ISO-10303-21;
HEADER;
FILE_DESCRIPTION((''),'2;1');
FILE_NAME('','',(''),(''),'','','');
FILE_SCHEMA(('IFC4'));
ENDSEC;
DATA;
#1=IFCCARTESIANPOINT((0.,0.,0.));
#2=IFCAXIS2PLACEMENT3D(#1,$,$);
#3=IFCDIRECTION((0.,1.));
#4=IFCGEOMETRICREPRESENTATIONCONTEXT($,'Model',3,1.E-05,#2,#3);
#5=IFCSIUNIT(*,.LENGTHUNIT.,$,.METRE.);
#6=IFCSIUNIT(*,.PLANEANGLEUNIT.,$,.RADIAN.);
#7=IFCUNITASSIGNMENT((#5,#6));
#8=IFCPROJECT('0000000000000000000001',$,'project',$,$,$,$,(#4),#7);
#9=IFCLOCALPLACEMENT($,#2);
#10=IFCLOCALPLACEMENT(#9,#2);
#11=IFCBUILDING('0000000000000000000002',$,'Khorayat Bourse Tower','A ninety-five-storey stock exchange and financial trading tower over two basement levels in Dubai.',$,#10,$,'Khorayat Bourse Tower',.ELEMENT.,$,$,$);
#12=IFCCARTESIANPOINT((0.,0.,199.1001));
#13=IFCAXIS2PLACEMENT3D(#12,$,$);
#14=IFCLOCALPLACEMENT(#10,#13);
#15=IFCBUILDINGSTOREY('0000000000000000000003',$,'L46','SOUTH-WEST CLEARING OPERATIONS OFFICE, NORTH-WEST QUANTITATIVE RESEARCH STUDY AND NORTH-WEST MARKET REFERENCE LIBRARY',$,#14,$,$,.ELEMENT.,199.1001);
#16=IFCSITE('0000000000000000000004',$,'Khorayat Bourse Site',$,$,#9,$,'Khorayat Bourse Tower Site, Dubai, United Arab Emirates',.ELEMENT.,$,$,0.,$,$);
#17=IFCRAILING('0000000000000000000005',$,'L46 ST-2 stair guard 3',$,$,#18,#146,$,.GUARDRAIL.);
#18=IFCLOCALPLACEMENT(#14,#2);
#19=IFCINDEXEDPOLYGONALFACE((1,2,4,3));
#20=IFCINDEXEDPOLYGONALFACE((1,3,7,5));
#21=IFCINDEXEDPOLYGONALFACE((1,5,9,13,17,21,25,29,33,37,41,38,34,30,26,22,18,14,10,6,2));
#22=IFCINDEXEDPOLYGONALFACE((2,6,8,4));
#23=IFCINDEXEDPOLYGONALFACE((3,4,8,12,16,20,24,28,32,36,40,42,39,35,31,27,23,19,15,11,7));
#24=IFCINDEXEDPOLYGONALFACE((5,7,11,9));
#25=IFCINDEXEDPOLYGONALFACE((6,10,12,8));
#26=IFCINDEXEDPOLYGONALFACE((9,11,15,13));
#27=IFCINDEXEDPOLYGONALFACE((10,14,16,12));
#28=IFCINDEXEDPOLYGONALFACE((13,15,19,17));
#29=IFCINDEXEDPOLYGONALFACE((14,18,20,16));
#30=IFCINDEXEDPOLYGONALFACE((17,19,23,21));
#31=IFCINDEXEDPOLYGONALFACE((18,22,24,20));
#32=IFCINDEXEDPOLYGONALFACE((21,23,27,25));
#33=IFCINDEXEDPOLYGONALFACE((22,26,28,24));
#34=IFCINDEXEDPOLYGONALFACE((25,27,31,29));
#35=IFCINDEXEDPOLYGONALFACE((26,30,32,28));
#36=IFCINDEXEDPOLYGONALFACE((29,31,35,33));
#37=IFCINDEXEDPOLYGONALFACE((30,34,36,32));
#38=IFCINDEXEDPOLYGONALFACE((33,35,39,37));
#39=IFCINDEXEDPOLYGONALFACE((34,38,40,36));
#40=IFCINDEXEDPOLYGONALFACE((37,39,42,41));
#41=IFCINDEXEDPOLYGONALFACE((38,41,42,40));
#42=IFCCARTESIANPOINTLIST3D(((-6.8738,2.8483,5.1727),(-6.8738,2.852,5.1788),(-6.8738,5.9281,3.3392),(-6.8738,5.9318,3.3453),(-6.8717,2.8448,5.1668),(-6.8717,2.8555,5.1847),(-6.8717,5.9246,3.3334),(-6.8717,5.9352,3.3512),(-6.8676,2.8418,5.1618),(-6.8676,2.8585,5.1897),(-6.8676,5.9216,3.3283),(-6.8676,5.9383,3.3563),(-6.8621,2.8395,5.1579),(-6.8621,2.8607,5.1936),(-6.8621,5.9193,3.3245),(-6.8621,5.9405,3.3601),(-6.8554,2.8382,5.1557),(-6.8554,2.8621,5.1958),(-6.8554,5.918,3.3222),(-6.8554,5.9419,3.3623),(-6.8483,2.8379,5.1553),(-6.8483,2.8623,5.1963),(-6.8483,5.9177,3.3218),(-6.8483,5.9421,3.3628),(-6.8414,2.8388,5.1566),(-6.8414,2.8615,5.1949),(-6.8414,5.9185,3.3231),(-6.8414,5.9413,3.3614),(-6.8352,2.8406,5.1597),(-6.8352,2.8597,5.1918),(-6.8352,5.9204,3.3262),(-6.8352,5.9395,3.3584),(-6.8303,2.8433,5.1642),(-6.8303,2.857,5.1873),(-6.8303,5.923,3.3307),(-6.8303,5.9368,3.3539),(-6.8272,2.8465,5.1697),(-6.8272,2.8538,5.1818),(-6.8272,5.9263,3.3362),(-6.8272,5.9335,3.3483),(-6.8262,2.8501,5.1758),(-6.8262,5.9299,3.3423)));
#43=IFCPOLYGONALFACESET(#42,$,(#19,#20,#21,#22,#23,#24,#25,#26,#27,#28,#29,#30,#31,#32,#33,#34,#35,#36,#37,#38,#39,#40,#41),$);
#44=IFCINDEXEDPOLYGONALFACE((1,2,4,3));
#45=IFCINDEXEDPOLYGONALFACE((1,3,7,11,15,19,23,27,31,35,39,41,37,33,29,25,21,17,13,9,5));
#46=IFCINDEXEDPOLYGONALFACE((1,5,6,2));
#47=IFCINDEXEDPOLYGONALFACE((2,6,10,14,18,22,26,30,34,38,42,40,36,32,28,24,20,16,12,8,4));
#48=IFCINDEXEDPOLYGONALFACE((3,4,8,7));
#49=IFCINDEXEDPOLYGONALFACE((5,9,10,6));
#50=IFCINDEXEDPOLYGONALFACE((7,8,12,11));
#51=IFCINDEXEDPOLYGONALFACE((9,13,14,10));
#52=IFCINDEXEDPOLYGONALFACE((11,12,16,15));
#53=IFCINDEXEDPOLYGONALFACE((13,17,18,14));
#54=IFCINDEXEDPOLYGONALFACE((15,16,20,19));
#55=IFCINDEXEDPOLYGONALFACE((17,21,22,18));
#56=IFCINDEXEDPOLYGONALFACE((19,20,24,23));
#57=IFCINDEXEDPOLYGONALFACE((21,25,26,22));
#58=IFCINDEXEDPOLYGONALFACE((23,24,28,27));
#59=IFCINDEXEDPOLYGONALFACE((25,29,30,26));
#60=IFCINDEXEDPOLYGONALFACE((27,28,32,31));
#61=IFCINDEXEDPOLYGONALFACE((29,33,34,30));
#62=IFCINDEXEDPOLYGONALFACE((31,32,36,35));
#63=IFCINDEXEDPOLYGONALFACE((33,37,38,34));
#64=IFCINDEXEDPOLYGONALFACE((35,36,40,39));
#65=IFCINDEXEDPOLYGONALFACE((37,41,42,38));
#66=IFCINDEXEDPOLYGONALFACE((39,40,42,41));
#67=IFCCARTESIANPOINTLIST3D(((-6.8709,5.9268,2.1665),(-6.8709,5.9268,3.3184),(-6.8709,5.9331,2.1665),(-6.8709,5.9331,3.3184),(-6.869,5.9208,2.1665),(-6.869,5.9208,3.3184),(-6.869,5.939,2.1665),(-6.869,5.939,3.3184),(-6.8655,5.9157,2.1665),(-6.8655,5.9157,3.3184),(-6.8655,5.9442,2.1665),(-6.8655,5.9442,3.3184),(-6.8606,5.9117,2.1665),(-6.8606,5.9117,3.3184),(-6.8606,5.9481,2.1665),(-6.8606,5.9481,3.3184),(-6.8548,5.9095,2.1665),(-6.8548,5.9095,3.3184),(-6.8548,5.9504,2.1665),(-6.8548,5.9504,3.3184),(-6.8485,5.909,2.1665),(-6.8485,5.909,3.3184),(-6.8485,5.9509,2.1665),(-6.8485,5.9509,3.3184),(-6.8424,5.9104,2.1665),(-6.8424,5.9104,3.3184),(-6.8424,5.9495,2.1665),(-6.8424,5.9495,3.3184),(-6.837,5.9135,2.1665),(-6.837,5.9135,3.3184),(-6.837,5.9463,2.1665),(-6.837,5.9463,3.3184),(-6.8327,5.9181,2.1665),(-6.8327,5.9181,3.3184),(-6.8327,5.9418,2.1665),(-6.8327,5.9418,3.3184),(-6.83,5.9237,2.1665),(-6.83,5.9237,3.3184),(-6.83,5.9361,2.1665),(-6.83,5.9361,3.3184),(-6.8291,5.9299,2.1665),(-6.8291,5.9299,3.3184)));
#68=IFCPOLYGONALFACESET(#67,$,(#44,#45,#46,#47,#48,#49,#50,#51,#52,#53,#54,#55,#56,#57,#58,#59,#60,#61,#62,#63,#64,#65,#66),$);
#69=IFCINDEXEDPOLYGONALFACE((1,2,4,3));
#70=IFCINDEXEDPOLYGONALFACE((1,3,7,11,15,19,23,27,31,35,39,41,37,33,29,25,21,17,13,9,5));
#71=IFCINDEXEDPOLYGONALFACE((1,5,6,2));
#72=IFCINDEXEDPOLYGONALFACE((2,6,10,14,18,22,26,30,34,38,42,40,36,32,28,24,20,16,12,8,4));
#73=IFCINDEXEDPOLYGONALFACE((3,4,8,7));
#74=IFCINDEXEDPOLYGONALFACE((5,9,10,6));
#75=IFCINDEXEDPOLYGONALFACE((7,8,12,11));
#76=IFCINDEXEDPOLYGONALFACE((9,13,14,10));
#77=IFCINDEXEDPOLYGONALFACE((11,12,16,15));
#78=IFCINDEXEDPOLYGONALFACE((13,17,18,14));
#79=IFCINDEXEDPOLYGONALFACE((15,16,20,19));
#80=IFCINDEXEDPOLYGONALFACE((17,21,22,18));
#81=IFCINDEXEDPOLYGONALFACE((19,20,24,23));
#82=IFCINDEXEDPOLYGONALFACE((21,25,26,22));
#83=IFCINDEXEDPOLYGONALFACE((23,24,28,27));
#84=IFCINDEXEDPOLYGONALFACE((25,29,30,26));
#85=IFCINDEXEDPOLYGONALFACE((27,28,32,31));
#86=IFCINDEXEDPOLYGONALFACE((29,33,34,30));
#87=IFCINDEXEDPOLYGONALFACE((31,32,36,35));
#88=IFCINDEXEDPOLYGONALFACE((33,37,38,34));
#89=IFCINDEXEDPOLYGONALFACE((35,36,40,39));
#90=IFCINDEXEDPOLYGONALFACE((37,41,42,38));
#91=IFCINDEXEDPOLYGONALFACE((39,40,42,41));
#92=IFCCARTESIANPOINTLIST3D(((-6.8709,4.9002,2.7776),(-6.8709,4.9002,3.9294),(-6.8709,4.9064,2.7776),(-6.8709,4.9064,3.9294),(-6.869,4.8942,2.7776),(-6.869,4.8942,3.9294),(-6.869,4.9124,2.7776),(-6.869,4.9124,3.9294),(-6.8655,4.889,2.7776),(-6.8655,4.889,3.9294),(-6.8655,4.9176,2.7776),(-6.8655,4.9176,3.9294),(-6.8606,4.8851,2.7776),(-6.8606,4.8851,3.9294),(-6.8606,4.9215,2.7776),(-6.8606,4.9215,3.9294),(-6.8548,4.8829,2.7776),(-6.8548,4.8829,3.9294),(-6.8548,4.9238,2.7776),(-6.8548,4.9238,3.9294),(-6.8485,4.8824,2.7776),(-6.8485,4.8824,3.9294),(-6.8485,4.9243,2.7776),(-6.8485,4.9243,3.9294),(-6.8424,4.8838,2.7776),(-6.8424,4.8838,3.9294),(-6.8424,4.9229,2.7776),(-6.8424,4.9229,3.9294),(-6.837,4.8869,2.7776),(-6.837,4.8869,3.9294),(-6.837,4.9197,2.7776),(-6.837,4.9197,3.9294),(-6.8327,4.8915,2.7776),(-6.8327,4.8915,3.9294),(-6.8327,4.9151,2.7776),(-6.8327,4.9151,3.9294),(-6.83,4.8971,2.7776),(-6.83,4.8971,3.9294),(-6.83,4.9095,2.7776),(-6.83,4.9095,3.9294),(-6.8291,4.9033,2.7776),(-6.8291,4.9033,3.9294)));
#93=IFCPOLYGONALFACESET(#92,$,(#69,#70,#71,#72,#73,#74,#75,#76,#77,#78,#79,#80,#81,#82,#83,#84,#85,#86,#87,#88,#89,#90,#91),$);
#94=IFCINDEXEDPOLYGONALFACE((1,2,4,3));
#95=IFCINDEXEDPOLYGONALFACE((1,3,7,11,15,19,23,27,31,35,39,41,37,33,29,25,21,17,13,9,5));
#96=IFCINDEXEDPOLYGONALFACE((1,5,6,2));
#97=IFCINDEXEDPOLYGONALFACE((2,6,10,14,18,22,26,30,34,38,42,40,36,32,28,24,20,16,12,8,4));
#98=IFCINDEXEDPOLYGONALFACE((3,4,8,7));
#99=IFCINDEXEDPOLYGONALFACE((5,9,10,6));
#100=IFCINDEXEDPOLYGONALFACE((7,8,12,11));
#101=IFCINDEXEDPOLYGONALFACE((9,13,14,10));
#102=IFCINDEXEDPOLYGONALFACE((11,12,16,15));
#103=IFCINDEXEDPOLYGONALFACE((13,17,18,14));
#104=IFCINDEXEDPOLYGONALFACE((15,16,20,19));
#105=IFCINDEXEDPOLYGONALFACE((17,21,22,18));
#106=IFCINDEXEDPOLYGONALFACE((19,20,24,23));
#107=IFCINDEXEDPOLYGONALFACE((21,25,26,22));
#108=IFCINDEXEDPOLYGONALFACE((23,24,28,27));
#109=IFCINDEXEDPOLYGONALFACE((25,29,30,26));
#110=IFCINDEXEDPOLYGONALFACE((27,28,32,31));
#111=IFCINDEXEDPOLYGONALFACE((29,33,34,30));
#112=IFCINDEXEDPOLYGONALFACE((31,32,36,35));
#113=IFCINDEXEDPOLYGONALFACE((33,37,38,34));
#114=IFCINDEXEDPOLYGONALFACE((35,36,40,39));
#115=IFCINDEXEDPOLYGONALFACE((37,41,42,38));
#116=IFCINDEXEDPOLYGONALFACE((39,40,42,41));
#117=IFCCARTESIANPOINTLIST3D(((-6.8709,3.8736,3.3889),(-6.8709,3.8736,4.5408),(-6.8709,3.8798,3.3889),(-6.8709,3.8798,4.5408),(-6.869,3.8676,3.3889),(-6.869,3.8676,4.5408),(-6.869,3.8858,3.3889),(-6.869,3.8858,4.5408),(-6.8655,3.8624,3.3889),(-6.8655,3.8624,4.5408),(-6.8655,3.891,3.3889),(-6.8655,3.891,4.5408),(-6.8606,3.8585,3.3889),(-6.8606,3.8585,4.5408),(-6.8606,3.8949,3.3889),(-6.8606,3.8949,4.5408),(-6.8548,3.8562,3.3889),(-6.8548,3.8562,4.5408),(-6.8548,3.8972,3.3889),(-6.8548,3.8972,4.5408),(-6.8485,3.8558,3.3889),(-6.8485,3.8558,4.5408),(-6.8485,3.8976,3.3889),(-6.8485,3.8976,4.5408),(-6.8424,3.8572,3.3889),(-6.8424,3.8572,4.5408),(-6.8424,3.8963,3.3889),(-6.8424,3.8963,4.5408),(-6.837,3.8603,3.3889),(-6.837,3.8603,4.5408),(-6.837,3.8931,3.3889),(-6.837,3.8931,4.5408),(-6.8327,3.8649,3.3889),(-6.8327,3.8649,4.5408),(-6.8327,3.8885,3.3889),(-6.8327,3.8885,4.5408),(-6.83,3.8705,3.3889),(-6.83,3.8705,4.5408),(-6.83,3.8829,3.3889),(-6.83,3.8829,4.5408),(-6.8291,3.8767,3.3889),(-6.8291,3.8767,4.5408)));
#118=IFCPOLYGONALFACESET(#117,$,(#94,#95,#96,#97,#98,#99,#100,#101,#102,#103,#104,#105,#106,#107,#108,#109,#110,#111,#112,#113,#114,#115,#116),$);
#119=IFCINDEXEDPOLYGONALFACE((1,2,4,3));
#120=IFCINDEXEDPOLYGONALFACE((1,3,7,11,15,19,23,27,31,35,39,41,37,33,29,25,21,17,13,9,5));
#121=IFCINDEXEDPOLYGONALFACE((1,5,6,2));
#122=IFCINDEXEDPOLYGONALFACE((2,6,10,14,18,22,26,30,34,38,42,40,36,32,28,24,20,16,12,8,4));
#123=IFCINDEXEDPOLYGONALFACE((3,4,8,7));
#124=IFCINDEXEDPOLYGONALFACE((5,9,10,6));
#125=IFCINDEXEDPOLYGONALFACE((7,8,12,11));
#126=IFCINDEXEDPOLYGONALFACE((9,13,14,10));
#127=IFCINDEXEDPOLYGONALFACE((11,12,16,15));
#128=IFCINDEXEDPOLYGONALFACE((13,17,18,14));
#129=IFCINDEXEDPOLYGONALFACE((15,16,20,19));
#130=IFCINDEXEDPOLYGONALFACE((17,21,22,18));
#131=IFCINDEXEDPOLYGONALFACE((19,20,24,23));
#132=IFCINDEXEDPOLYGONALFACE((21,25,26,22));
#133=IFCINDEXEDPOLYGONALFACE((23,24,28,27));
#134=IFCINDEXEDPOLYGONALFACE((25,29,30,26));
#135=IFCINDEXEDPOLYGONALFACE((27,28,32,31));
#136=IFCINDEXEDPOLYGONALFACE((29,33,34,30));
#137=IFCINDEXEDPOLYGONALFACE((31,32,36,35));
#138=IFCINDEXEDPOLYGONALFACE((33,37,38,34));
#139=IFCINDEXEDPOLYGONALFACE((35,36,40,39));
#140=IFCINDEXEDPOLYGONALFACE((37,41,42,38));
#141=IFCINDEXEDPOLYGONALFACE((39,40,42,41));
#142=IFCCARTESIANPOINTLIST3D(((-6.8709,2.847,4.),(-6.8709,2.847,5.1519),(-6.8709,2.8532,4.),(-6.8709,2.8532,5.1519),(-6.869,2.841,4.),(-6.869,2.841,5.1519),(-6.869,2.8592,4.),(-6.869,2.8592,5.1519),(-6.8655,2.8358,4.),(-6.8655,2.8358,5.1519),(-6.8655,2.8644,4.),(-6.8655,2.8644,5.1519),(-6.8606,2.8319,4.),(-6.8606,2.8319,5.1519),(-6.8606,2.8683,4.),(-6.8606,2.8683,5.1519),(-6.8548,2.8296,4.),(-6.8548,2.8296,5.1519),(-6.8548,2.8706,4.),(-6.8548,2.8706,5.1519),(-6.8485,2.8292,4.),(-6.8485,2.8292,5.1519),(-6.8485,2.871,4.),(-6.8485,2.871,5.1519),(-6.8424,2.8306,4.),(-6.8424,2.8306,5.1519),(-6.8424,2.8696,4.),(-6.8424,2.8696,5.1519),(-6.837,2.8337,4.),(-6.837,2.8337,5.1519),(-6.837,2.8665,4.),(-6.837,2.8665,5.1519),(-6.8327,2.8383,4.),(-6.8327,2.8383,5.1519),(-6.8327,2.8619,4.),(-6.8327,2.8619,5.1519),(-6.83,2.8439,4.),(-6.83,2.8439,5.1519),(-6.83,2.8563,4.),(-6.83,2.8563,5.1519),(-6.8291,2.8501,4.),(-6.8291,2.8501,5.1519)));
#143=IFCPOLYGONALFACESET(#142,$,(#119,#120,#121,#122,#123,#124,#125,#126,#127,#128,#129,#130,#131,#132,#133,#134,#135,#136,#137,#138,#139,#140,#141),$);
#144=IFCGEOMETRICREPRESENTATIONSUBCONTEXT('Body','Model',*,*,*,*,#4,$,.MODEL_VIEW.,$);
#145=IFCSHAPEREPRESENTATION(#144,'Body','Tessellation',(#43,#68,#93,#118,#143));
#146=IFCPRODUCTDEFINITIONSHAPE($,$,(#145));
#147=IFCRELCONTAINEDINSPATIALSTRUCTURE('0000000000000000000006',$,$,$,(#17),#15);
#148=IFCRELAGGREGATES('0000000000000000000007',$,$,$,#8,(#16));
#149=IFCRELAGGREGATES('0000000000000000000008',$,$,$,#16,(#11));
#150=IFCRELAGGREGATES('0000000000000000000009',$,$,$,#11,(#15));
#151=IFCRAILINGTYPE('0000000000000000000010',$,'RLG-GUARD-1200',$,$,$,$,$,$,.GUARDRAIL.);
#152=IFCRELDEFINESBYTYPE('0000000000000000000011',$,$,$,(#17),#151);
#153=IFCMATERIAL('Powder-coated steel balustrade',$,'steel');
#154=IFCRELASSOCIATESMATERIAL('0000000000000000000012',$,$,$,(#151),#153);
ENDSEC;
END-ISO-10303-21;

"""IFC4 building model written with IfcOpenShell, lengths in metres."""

from ifc_helpers import new_model, si_unit, direction, frame, origin, origin_2d, place, context, subcontext, project, spatial, circle, extrude, source, transform, mapped, material, type_object, element, save


model = new_model("IFC4")

# Units and contexts
model_context = context("Model", 3, precision=1e-05, world=origin(), true_north=direction((0.0, 1.0)))
body_context = subcontext(model_context, "Body", "Model", "MODEL_VIEW")
ifc_project = project(units=[si_unit("LENGTHUNIT", "METRE"), si_unit("PLANEANGLEUNIT", "RADIAN")], contexts=[model_context])

# Site, building, storey
site_placement = place(None, origin())
site = spatial("IfcSite", under=ifc_project, at=site_placement, Name="Khorayat Bourse Site", LongName="Khorayat Bourse Tower Site, Dubai, United Arab Emirates", CompositionType="ELEMENT", RefElevation=0.0)
building_placement = place(site_placement, origin())
building = spatial("IfcBuilding", under=site, at=building_placement, Name="Khorayat Bourse Tower", Description="A ninety-five-storey stock exchange and financial trading tower over two basement levels in Dubai.", LongName="Khorayat Bourse Tower", CompositionType="ELEMENT")
storey_placement = place(building_placement, frame((0.0, 0.0, 199.1001)))
storey = spatial("IfcBuildingStorey", under=building, at=storey_placement, Name="L46", Description="SOUTH-WEST CLEARING OPERATIONS OFFICE, NORTH-WEST QUANTITATIVE RESEARCH STUDY AND NORTH-WEST MARKET REFERENCE LIBRARY", CompositionType="ELEMENT", Elevation=199.1001)

# Railing
ifc_material_1 = material(Name="Powder-coated steel balustrade", Category="steel")
railing_type_1 = type_object("IfcRailingType", Name="RLG-GUARD-1200", PredefinedType="GUARDRAIL", material=ifc_material_1)
shared_shape_1 = source(origin(), body_context, "Body", "SweptSolid", [
    extrude(circle(Radius=0.0239, at=origin_2d()), frame((0.0, 0.0, 1.1758), z_axis=(0.0, -0.859261, 0.511538), x_axis=(1.0, 0.0, 0.0)), (0.0, 0.0, 1.0), 3.5842),
    extrude(circle(Radius=0.021, at=origin_2d()), origin(), (0.0, 0.0, 1.0), 1.1519),
    extrude(circle(Radius=0.021, at=origin_2d()), frame((0.0, -1.0266, 0.6111)), (0.0, 0.0, 1.0), 1.1519),
    extrude(circle(Radius=0.021, at=origin_2d()), frame((0.0, -2.0532, 1.2224)), (0.0, 0.0, 1.0), 1.1519),
    extrude(circle(Radius=0.021, at=origin_2d()), frame((0.0, -3.0798, 1.8335)), (0.0, 0.0, 1.0), 1.1519),
])
railing_1_placement = place(storey_placement, frame((-6.8501, 5.9299, 2.1665)))
element("IfcRailing", 1, at=railing_1_placement, inside=storey, type_object=railing_type_1, Name="L46 ST-2 stair guard 3", PredefinedType="GUARDRAIL", context=body_context, shape_type="MappedRepresentation", body=[
    mapped(shared_shape_1, transform((0.0, 0.0, 0.0), scale=1.0)),
])

save(model, "model.ifc")
